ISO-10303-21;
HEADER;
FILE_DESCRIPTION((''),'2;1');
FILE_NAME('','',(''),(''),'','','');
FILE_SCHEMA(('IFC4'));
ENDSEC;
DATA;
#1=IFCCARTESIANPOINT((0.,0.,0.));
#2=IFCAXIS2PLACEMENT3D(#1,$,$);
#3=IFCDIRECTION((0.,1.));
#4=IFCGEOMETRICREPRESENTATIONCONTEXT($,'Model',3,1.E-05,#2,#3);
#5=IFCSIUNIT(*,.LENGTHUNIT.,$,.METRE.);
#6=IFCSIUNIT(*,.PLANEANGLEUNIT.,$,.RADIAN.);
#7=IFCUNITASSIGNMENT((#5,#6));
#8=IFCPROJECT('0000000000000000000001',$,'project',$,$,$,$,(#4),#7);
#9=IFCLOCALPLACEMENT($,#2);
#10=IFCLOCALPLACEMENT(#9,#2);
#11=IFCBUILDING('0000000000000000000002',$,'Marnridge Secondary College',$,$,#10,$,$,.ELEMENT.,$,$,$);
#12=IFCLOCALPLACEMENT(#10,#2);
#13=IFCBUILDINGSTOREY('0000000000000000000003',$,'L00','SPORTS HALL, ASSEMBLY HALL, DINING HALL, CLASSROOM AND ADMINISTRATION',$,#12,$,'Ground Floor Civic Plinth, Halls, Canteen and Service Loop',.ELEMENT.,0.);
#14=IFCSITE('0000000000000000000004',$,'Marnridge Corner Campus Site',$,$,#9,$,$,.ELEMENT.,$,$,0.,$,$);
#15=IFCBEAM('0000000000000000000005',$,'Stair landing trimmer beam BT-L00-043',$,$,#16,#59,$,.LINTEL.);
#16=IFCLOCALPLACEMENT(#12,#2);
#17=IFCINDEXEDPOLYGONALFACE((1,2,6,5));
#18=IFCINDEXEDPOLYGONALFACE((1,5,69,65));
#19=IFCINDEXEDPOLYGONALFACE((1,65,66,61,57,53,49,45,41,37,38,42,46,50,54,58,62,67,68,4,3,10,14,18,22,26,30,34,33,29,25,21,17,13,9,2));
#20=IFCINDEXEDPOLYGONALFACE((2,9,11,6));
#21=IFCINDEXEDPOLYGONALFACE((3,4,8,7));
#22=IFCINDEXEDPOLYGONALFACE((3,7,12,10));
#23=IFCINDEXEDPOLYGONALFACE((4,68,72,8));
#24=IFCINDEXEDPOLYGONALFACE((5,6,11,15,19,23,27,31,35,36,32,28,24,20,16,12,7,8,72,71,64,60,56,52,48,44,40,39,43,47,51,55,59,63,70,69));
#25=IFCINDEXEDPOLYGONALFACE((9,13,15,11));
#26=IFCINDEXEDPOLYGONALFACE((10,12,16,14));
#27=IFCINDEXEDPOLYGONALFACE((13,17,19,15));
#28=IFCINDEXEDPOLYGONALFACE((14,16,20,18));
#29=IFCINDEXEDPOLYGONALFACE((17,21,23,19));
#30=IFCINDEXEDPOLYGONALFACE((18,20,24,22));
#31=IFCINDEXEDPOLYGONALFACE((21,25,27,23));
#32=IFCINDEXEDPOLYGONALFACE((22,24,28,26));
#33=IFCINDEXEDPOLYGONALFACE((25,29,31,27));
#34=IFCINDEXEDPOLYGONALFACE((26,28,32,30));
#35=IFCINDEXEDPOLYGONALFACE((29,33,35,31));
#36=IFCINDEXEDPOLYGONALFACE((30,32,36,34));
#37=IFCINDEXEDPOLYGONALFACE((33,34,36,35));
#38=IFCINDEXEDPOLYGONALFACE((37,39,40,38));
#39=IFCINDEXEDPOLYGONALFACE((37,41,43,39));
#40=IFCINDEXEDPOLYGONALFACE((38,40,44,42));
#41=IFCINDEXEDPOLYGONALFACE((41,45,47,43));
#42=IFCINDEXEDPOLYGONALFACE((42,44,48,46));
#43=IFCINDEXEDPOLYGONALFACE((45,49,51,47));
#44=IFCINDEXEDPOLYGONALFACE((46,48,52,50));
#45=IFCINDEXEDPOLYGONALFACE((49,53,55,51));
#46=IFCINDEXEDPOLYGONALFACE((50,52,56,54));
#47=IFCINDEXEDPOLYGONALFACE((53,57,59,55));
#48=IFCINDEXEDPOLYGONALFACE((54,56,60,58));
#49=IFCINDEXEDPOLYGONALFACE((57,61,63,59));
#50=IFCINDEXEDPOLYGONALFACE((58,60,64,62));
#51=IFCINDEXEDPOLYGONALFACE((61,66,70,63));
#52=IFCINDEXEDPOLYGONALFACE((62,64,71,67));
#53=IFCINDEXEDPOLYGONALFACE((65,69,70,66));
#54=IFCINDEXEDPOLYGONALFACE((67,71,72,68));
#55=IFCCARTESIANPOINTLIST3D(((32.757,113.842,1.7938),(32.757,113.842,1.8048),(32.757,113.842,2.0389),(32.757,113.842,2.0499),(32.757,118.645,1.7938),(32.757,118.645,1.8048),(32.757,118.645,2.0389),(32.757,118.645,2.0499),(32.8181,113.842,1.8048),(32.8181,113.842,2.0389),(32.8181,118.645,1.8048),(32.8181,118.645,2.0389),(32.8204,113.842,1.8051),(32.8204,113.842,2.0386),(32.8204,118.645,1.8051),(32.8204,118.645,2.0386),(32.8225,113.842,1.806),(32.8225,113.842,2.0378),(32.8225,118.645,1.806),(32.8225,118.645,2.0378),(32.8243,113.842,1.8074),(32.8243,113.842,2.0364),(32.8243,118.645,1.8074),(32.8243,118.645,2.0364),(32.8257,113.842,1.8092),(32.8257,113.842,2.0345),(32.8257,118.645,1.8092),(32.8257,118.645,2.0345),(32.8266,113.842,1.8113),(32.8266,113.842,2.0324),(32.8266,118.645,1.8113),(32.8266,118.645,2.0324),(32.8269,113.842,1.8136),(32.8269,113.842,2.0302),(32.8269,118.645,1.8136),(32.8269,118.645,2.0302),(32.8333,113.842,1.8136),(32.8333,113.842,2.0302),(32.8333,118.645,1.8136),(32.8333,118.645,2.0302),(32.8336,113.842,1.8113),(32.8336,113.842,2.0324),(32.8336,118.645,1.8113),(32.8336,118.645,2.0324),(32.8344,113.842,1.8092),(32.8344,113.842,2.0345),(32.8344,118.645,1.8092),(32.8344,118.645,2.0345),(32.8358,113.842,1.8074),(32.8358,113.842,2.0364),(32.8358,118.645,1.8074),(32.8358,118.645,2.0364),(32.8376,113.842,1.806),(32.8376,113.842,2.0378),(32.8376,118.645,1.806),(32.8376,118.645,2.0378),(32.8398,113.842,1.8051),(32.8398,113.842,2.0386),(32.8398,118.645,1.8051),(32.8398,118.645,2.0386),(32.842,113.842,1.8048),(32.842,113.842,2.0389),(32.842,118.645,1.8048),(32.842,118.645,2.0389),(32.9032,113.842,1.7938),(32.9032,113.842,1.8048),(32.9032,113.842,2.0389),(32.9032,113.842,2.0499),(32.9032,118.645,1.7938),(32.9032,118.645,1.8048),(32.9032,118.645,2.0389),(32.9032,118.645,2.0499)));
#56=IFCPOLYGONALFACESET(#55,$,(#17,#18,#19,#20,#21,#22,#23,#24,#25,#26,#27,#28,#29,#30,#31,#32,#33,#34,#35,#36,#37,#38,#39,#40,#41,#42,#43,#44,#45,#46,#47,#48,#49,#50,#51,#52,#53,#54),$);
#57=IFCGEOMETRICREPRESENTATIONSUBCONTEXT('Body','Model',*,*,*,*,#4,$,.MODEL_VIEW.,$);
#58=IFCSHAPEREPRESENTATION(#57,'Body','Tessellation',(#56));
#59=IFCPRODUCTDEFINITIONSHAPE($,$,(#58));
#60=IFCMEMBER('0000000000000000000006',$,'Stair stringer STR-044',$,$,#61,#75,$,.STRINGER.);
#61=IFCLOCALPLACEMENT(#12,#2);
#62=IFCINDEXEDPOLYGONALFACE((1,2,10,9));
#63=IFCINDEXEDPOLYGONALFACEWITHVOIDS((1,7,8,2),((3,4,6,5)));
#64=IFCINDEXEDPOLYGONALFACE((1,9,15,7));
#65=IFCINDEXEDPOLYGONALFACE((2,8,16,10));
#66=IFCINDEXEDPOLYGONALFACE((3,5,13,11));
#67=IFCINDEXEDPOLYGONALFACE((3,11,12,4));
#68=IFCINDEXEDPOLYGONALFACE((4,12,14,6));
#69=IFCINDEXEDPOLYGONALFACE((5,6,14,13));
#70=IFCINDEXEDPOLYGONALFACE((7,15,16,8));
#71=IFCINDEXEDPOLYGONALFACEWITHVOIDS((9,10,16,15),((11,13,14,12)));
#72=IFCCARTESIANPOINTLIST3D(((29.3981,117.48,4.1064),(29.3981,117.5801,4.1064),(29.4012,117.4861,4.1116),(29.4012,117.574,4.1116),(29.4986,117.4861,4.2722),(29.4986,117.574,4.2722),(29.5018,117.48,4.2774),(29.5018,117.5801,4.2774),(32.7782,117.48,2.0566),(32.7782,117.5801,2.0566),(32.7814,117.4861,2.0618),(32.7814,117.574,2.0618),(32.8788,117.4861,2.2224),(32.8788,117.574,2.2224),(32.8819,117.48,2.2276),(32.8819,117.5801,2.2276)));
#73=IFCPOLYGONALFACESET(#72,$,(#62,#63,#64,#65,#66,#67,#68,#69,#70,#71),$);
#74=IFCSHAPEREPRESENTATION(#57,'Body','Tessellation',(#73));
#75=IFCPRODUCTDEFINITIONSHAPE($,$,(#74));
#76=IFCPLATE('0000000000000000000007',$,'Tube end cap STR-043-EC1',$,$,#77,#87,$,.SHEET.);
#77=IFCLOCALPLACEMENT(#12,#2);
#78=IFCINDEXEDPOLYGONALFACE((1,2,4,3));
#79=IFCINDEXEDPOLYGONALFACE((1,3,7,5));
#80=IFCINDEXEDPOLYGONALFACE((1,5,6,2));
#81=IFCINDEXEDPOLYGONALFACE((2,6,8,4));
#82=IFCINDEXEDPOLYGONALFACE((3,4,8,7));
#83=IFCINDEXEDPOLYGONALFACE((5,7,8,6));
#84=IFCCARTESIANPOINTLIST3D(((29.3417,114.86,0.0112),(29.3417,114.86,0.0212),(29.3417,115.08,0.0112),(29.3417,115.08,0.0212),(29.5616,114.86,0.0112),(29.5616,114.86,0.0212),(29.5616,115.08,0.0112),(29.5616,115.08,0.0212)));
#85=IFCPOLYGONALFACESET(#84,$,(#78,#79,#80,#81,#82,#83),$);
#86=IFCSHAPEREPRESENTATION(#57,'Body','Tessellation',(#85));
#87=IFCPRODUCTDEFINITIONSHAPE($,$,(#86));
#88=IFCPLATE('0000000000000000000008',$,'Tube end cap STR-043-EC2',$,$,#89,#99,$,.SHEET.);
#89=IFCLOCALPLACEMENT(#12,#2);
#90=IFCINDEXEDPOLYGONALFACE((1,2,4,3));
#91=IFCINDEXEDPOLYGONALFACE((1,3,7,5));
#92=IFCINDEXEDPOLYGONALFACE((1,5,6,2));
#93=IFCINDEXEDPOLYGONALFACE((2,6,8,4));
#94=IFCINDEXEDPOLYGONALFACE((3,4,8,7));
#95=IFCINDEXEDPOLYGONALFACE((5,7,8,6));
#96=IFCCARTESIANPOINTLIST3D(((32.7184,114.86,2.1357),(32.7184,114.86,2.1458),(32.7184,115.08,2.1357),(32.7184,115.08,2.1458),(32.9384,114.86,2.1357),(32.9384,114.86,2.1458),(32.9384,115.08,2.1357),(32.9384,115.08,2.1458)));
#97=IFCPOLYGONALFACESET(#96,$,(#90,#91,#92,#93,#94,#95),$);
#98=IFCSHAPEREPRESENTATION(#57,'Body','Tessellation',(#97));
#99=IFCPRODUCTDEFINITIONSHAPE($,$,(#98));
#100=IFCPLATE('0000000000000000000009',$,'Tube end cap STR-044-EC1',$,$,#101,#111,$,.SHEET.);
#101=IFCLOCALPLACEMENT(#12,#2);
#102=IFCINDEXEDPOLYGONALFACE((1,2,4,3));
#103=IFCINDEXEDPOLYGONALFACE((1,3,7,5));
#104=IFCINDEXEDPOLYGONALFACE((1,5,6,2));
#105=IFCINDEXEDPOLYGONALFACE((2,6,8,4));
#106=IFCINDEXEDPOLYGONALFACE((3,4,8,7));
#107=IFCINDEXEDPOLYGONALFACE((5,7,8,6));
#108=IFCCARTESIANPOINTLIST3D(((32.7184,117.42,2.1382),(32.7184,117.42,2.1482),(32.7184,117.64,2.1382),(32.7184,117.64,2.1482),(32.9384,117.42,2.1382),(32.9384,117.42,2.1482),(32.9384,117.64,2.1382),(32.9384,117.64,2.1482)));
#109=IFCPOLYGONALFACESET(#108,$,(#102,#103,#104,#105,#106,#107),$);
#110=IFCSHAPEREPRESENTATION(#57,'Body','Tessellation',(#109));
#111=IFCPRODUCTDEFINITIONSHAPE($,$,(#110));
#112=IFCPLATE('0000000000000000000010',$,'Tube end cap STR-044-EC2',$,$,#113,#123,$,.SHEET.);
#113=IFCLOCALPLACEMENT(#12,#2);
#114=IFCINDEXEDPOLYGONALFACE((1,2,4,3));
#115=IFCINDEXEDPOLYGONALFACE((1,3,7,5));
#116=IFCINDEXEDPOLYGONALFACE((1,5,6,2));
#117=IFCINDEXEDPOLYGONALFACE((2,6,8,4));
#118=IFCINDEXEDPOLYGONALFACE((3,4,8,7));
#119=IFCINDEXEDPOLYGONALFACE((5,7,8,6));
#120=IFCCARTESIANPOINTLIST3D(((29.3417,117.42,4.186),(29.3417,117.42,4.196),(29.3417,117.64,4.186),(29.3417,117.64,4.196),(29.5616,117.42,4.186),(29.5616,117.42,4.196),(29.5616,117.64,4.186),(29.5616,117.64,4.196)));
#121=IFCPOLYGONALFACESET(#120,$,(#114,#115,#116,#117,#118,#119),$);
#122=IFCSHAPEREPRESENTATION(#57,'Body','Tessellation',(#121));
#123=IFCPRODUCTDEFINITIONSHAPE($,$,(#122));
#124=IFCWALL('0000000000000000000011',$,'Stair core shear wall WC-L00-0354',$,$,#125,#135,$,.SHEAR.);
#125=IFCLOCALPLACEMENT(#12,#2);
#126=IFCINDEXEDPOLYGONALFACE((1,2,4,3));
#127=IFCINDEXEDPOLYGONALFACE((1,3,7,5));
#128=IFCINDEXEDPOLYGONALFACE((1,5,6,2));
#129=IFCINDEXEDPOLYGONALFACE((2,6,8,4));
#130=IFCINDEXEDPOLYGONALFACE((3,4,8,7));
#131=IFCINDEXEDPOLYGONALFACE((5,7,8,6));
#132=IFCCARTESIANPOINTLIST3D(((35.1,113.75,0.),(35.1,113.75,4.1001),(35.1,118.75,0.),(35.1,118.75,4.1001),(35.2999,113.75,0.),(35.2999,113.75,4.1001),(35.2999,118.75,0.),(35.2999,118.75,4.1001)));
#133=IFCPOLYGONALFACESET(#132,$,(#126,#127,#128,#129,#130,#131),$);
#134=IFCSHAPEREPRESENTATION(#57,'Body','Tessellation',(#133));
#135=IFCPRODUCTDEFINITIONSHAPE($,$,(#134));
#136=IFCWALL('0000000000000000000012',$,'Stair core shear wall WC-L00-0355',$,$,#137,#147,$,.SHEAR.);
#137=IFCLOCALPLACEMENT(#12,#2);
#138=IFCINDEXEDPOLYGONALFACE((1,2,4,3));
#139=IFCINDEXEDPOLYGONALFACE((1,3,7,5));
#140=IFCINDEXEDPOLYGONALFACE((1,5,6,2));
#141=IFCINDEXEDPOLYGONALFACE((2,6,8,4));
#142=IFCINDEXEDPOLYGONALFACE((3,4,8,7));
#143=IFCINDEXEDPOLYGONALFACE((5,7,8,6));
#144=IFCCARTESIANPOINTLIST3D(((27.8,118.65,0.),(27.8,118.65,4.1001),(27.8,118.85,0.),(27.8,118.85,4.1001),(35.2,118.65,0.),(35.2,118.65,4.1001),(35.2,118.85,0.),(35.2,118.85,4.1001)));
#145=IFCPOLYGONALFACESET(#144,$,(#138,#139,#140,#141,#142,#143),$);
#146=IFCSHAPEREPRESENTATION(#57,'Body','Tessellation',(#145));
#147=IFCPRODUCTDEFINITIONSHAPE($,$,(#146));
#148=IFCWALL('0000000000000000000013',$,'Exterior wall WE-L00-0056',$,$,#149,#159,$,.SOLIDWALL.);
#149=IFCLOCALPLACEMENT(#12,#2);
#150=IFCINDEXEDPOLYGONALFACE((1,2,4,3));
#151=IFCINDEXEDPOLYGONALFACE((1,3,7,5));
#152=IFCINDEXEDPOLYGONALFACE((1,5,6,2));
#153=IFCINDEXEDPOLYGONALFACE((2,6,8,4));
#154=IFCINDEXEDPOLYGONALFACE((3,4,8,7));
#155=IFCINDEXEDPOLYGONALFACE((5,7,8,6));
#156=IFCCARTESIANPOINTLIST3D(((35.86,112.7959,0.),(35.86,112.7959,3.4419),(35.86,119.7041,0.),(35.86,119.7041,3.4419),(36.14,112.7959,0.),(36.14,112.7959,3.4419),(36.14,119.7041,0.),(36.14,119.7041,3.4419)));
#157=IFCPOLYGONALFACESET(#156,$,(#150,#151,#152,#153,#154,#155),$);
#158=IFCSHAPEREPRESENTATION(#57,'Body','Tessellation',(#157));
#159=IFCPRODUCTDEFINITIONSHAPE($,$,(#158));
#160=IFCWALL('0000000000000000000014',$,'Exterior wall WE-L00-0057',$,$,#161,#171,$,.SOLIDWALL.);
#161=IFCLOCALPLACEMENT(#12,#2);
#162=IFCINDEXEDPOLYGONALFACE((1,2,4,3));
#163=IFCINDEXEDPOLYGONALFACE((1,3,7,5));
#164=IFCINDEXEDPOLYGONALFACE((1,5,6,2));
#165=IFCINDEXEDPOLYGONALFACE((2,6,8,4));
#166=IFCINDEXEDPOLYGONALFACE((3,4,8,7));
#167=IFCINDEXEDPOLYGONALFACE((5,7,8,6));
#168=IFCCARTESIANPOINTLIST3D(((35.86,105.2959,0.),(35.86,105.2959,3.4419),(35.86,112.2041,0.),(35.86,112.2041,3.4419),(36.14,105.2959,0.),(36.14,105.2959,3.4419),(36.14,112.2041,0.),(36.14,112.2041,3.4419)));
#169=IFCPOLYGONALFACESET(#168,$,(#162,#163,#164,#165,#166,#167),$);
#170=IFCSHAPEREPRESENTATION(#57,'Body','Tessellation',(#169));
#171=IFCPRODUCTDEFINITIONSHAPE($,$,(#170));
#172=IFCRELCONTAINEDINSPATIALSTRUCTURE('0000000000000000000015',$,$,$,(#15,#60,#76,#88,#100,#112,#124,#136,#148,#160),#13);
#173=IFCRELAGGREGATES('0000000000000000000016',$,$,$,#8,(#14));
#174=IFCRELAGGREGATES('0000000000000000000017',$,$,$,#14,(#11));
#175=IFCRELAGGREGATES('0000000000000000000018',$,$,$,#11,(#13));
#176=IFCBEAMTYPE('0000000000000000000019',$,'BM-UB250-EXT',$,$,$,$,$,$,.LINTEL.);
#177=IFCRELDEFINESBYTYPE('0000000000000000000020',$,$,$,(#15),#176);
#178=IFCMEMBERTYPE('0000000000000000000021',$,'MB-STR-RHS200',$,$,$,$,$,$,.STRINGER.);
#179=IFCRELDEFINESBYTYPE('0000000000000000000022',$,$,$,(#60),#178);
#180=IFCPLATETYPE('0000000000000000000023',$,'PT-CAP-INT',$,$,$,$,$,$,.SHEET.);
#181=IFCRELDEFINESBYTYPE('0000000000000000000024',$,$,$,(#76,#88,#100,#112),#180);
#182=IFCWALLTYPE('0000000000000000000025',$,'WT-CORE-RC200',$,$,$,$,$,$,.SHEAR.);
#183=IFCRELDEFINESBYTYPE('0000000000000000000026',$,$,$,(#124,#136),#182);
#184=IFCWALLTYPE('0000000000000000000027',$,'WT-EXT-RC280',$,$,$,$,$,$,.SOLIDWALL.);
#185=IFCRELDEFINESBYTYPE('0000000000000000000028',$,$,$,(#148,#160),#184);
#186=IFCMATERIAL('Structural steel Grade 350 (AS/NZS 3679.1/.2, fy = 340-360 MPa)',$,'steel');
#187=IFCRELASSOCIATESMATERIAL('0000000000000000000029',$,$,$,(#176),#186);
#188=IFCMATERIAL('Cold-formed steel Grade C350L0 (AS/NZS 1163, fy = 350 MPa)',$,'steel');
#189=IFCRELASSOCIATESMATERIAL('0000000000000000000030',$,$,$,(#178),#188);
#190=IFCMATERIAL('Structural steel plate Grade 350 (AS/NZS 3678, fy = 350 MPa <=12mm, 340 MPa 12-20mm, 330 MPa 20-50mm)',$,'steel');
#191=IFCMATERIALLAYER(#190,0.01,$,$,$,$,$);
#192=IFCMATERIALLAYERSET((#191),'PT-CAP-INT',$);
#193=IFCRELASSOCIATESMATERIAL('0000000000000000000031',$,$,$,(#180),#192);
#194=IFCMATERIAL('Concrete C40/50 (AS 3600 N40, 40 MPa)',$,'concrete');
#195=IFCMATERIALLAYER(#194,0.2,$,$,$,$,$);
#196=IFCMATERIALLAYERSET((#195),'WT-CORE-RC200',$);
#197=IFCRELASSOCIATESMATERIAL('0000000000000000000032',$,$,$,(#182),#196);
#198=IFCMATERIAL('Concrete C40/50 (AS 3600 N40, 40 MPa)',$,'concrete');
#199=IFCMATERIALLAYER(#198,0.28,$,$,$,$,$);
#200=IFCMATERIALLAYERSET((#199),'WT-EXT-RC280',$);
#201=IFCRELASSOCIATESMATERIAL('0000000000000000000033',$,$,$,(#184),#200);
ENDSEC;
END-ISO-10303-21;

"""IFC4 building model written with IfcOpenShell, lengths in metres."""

from ifc_helpers import new_model, si_unit, direction, frame, frame_2d, origin, origin_2d, place, context, subcontext, project, spatial, rectangle, hollow_rectangle, i_section, extrude, material, layer, layer_set, material_profile, profile_set, type_object, element, save


model = new_model("IFC4")

# Units and contexts
model_context = context("Model", 3, precision=1e-05, world=origin(), true_north=direction((0.0, 1.0)))
body_context = subcontext(model_context, "Body", "Model", "MODEL_VIEW")
ifc_project = project(units=[si_unit("LENGTHUNIT", "METRE"), si_unit("PLANEANGLEUNIT", "RADIAN")], contexts=[model_context])

# Site, building, storey
site_placement = place(None, origin())
site = spatial("IfcSite", under=ifc_project, at=site_placement, Name="Marnridge Corner Campus Site", CompositionType="ELEMENT", RefElevation=0.0)
building_placement = place(site_placement, origin())
building = spatial("IfcBuilding", under=site, at=building_placement, Name="Marnridge Secondary College", CompositionType="ELEMENT")
storey_placement = place(building_placement, origin())
storey = spatial("IfcBuildingStorey", under=building, at=storey_placement, Name="L00", Description="SPORTS HALL, ASSEMBLY HALL, DINING HALL, CLASSROOM AND ADMINISTRATION", LongName="Ground Floor Civic Plinth, Halls, Canteen and Service Loop", CompositionType="ELEMENT", Elevation=0.0)

# Beam
ifc_material_1 = material(Name="Structural steel Grade 350 (AS/NZS 3679.1/.2, fy = 340-360 MPa)", Category="steel")
ifc_material_profile_1 = material_profile(ifc_material_1, i_section(OverallWidth=0.1462, OverallDepth=0.2561, WebThickness=0.0063, FlangeThickness=0.011, FilletRadius=0.0088, at=origin_2d()), Name="250UB37.3")
ifc_profile_set_1 = profile_set([ifc_material_profile_1], Name="Structural steel Grade 350 (AS/NZS 3679.1/.2, fy = 340-360 MPa)")
beam_type_1 = type_object("IfcBeamType", Name="BM-UB250-EXT", PredefinedType="LINTEL", material=ifc_profile_set_1)
beam_1_placement = place(storey_placement, frame((32.8301, 113.842, 1.9219), z_axis=(0.0, 1.0, 0.0), x_axis=(-1.0, 0.0, 0.0)))
element("IfcBeam", 1, at=beam_1_placement, inside=storey, type_object=beam_type_1, Name="Stair landing trimmer beam BT-L00-043", PredefinedType="LINTEL", context=body_context, shape_type="SweptSolid", body=[
    extrude(i_section(OverallWidth=0.1462, OverallDepth=0.2561, WebThickness=0.0063, FlangeThickness=0.011, FilletRadius=0.0088, at=origin_2d()), origin(), (0.0, 0.0, 1.0), 4.803),
])

# Member
ifc_material_2 = material(Name="Cold-formed steel Grade C350L0 (AS/NZS 1163, fy = 350 MPa)", Category="steel")
ifc_material_profile_2 = material_profile(ifc_material_2, hollow_rectangle(XDim=0.1001, YDim=0.2, WallThickness=0.0061, at=origin_2d()), Name="200x100x6.0RHS")
ifc_profile_set_2 = profile_set([ifc_material_profile_2], Name="Cold-formed steel Grade C350L0 (AS/NZS 1163, fy = 350 MPa)")
member_type = type_object("IfcMemberType", Name="MB-STR-RHS200", PredefinedType="STRINGER", material=ifc_profile_set_2)
member_placement = place(storey_placement, frame((32.8301, 117.53, 2.1421), z_axis=(-0.855058, 0.0, 0.518532), x_axis=(0.0, -1.0, 0.0)))
element("IfcMember", 2, at=member_placement, inside=storey, type_object=member_type, Name="Stair stringer STR-044", PredefinedType="STRINGER", context=body_context, shape_type="SweptSolid", body=[
    extrude(hollow_rectangle(XDim=0.1001, YDim=0.2, WallThickness=0.0061, at=origin_2d()), origin(), (0.0, 0.0, 1.0), 3.9531),
])

# Plates
ifc_material_3 = material(Name="Structural steel plate Grade 350 (AS/NZS 3678, fy = 350 MPa <=12mm, 340 MPa 12-20mm, 330 MPa 20-50mm)", Category="steel")
ifc_layer_1 = layer(ifc_material_3, 0.01)
ifc_layer_set_1 = layer_set([ifc_layer_1], Name="PT-CAP-INT")
plate_type = type_object("IfcPlateType", Name="PT-CAP-INT", PredefinedType="SHEET", material=ifc_layer_set_1)
for number, where, z_axis, x_axis, name in (
    (3, (29.4517, 114.97, 0.0112), (0.0, 0.0, 1.0), (1.0, 0.0, 0.0), "Tube end cap STR-043-EC1"),
    (4, (32.8284, 114.97, 2.1357), (0.0, 0.0, 1.0), (1.0, 0.0, 0.0), "Tube end cap STR-043-EC2"),
    (5, (32.8284, 117.53, 2.1382), (0.0, 0.0, 1.0), (-1.0, 0.0, 0.0), "Tube end cap STR-044-EC1"),
    (6, (29.4517, 117.53, 4.186), (0.0, 0.0, 1.0), (-1.0, 0.0, 0.0), "Tube end cap STR-044-EC2"),
):
    element("IfcPlate", number, at=place(storey_placement, frame(where, z_axis=z_axis, x_axis=x_axis)), inside=storey, type_object=plate_type, Name=name, PredefinedType="SHEET", context=body_context, shape_type="SweptSolid", body=[
        extrude(rectangle(XDim=0.22, YDim=0.22, at=origin_2d()), origin(), (0.0, 0.0, 1.0), 0.01),
    ])

# Walls
ifc_material_4 = material(Name="Concrete C40/50 (AS 3600 N40, 40 MPa)", Category="concrete")
ifc_layer_2 = layer(ifc_material_4, 0.2)
ifc_layer_set_2 = layer_set([ifc_layer_2], Name="WT-CORE-RC200")
wall_type_1 = type_object("IfcWallType", Name="WT-CORE-RC200", PredefinedType="SHEAR", material=ifc_layer_set_2)
wall_1_placement = place(storey_placement, frame((35.2, 113.75, 0.0), z_axis=(0.0, 0.0, 1.0), x_axis=(0.0, 1.0, 0.0)))
element("IfcWall", 7, at=wall_1_placement, inside=storey, type_object=wall_type_1, Name="Stair core shear wall WC-L00-0354", PredefinedType="SHEAR", context=body_context, shape_type="SweptSolid", body=[
    extrude(rectangle(XDim=5.0, YDim=0.2, at=frame_2d((2.5, 0.0))), origin(), (0.0, 0.0, 1.0), 4.1001),
])
wall_2_placement = place(storey_placement, frame((35.2, 118.75, 0.0), z_axis=(0.0, 0.0, 1.0), x_axis=(-1.0, 0.0, 0.0)))
element("IfcWall", 8, at=wall_2_placement, inside=storey, type_object=wall_type_1, Name="Stair core shear wall WC-L00-0355", PredefinedType="SHEAR", context=body_context, shape_type="SweptSolid", body=[
    extrude(rectangle(XDim=7.3999, YDim=0.2, at=frame_2d((3.7, 0.0))), origin(), (0.0, 0.0, 1.0), 4.1001),
])
ifc_material_5 = material(Name="Concrete C40/50 (AS 3600 N40, 40 MPa)", Category="concrete")
ifc_layer_3 = layer(ifc_material_5, 0.28)
ifc_layer_set_3 = layer_set([ifc_layer_3], Name="WT-EXT-RC280")
wall_type_2 = type_object("IfcWallType", Name="WT-EXT-RC280", PredefinedType="SOLIDWALL", material=ifc_layer_set_3)
for number, where, z_axis, x_axis, name in (
    (9, (36.0, 119.7041, 0.0), (0.0, 0.0, 1.0), (0.0, -1.0, 0.0), "Exterior wall WE-L00-0056"),
    (10, (36.0, 112.2041, 0.0), (0.0, 0.0, 1.0), (0.0, -1.0, 0.0), "Exterior wall WE-L00-0057"),
):
    element("IfcWall", number, at=place(storey_placement, frame(where, z_axis=z_axis, x_axis=x_axis)), inside=storey, type_object=wall_type_2, Name=name, PredefinedType="SOLIDWALL", context=body_context, shape_type="SweptSolid", body=[
        extrude(rectangle(XDim=6.9082, YDim=0.28, at=frame_2d((3.4541, 0.0))), origin(), (0.0, 0.0, 1.0), 3.4419),
    ])

save(model, "model.ifc")
